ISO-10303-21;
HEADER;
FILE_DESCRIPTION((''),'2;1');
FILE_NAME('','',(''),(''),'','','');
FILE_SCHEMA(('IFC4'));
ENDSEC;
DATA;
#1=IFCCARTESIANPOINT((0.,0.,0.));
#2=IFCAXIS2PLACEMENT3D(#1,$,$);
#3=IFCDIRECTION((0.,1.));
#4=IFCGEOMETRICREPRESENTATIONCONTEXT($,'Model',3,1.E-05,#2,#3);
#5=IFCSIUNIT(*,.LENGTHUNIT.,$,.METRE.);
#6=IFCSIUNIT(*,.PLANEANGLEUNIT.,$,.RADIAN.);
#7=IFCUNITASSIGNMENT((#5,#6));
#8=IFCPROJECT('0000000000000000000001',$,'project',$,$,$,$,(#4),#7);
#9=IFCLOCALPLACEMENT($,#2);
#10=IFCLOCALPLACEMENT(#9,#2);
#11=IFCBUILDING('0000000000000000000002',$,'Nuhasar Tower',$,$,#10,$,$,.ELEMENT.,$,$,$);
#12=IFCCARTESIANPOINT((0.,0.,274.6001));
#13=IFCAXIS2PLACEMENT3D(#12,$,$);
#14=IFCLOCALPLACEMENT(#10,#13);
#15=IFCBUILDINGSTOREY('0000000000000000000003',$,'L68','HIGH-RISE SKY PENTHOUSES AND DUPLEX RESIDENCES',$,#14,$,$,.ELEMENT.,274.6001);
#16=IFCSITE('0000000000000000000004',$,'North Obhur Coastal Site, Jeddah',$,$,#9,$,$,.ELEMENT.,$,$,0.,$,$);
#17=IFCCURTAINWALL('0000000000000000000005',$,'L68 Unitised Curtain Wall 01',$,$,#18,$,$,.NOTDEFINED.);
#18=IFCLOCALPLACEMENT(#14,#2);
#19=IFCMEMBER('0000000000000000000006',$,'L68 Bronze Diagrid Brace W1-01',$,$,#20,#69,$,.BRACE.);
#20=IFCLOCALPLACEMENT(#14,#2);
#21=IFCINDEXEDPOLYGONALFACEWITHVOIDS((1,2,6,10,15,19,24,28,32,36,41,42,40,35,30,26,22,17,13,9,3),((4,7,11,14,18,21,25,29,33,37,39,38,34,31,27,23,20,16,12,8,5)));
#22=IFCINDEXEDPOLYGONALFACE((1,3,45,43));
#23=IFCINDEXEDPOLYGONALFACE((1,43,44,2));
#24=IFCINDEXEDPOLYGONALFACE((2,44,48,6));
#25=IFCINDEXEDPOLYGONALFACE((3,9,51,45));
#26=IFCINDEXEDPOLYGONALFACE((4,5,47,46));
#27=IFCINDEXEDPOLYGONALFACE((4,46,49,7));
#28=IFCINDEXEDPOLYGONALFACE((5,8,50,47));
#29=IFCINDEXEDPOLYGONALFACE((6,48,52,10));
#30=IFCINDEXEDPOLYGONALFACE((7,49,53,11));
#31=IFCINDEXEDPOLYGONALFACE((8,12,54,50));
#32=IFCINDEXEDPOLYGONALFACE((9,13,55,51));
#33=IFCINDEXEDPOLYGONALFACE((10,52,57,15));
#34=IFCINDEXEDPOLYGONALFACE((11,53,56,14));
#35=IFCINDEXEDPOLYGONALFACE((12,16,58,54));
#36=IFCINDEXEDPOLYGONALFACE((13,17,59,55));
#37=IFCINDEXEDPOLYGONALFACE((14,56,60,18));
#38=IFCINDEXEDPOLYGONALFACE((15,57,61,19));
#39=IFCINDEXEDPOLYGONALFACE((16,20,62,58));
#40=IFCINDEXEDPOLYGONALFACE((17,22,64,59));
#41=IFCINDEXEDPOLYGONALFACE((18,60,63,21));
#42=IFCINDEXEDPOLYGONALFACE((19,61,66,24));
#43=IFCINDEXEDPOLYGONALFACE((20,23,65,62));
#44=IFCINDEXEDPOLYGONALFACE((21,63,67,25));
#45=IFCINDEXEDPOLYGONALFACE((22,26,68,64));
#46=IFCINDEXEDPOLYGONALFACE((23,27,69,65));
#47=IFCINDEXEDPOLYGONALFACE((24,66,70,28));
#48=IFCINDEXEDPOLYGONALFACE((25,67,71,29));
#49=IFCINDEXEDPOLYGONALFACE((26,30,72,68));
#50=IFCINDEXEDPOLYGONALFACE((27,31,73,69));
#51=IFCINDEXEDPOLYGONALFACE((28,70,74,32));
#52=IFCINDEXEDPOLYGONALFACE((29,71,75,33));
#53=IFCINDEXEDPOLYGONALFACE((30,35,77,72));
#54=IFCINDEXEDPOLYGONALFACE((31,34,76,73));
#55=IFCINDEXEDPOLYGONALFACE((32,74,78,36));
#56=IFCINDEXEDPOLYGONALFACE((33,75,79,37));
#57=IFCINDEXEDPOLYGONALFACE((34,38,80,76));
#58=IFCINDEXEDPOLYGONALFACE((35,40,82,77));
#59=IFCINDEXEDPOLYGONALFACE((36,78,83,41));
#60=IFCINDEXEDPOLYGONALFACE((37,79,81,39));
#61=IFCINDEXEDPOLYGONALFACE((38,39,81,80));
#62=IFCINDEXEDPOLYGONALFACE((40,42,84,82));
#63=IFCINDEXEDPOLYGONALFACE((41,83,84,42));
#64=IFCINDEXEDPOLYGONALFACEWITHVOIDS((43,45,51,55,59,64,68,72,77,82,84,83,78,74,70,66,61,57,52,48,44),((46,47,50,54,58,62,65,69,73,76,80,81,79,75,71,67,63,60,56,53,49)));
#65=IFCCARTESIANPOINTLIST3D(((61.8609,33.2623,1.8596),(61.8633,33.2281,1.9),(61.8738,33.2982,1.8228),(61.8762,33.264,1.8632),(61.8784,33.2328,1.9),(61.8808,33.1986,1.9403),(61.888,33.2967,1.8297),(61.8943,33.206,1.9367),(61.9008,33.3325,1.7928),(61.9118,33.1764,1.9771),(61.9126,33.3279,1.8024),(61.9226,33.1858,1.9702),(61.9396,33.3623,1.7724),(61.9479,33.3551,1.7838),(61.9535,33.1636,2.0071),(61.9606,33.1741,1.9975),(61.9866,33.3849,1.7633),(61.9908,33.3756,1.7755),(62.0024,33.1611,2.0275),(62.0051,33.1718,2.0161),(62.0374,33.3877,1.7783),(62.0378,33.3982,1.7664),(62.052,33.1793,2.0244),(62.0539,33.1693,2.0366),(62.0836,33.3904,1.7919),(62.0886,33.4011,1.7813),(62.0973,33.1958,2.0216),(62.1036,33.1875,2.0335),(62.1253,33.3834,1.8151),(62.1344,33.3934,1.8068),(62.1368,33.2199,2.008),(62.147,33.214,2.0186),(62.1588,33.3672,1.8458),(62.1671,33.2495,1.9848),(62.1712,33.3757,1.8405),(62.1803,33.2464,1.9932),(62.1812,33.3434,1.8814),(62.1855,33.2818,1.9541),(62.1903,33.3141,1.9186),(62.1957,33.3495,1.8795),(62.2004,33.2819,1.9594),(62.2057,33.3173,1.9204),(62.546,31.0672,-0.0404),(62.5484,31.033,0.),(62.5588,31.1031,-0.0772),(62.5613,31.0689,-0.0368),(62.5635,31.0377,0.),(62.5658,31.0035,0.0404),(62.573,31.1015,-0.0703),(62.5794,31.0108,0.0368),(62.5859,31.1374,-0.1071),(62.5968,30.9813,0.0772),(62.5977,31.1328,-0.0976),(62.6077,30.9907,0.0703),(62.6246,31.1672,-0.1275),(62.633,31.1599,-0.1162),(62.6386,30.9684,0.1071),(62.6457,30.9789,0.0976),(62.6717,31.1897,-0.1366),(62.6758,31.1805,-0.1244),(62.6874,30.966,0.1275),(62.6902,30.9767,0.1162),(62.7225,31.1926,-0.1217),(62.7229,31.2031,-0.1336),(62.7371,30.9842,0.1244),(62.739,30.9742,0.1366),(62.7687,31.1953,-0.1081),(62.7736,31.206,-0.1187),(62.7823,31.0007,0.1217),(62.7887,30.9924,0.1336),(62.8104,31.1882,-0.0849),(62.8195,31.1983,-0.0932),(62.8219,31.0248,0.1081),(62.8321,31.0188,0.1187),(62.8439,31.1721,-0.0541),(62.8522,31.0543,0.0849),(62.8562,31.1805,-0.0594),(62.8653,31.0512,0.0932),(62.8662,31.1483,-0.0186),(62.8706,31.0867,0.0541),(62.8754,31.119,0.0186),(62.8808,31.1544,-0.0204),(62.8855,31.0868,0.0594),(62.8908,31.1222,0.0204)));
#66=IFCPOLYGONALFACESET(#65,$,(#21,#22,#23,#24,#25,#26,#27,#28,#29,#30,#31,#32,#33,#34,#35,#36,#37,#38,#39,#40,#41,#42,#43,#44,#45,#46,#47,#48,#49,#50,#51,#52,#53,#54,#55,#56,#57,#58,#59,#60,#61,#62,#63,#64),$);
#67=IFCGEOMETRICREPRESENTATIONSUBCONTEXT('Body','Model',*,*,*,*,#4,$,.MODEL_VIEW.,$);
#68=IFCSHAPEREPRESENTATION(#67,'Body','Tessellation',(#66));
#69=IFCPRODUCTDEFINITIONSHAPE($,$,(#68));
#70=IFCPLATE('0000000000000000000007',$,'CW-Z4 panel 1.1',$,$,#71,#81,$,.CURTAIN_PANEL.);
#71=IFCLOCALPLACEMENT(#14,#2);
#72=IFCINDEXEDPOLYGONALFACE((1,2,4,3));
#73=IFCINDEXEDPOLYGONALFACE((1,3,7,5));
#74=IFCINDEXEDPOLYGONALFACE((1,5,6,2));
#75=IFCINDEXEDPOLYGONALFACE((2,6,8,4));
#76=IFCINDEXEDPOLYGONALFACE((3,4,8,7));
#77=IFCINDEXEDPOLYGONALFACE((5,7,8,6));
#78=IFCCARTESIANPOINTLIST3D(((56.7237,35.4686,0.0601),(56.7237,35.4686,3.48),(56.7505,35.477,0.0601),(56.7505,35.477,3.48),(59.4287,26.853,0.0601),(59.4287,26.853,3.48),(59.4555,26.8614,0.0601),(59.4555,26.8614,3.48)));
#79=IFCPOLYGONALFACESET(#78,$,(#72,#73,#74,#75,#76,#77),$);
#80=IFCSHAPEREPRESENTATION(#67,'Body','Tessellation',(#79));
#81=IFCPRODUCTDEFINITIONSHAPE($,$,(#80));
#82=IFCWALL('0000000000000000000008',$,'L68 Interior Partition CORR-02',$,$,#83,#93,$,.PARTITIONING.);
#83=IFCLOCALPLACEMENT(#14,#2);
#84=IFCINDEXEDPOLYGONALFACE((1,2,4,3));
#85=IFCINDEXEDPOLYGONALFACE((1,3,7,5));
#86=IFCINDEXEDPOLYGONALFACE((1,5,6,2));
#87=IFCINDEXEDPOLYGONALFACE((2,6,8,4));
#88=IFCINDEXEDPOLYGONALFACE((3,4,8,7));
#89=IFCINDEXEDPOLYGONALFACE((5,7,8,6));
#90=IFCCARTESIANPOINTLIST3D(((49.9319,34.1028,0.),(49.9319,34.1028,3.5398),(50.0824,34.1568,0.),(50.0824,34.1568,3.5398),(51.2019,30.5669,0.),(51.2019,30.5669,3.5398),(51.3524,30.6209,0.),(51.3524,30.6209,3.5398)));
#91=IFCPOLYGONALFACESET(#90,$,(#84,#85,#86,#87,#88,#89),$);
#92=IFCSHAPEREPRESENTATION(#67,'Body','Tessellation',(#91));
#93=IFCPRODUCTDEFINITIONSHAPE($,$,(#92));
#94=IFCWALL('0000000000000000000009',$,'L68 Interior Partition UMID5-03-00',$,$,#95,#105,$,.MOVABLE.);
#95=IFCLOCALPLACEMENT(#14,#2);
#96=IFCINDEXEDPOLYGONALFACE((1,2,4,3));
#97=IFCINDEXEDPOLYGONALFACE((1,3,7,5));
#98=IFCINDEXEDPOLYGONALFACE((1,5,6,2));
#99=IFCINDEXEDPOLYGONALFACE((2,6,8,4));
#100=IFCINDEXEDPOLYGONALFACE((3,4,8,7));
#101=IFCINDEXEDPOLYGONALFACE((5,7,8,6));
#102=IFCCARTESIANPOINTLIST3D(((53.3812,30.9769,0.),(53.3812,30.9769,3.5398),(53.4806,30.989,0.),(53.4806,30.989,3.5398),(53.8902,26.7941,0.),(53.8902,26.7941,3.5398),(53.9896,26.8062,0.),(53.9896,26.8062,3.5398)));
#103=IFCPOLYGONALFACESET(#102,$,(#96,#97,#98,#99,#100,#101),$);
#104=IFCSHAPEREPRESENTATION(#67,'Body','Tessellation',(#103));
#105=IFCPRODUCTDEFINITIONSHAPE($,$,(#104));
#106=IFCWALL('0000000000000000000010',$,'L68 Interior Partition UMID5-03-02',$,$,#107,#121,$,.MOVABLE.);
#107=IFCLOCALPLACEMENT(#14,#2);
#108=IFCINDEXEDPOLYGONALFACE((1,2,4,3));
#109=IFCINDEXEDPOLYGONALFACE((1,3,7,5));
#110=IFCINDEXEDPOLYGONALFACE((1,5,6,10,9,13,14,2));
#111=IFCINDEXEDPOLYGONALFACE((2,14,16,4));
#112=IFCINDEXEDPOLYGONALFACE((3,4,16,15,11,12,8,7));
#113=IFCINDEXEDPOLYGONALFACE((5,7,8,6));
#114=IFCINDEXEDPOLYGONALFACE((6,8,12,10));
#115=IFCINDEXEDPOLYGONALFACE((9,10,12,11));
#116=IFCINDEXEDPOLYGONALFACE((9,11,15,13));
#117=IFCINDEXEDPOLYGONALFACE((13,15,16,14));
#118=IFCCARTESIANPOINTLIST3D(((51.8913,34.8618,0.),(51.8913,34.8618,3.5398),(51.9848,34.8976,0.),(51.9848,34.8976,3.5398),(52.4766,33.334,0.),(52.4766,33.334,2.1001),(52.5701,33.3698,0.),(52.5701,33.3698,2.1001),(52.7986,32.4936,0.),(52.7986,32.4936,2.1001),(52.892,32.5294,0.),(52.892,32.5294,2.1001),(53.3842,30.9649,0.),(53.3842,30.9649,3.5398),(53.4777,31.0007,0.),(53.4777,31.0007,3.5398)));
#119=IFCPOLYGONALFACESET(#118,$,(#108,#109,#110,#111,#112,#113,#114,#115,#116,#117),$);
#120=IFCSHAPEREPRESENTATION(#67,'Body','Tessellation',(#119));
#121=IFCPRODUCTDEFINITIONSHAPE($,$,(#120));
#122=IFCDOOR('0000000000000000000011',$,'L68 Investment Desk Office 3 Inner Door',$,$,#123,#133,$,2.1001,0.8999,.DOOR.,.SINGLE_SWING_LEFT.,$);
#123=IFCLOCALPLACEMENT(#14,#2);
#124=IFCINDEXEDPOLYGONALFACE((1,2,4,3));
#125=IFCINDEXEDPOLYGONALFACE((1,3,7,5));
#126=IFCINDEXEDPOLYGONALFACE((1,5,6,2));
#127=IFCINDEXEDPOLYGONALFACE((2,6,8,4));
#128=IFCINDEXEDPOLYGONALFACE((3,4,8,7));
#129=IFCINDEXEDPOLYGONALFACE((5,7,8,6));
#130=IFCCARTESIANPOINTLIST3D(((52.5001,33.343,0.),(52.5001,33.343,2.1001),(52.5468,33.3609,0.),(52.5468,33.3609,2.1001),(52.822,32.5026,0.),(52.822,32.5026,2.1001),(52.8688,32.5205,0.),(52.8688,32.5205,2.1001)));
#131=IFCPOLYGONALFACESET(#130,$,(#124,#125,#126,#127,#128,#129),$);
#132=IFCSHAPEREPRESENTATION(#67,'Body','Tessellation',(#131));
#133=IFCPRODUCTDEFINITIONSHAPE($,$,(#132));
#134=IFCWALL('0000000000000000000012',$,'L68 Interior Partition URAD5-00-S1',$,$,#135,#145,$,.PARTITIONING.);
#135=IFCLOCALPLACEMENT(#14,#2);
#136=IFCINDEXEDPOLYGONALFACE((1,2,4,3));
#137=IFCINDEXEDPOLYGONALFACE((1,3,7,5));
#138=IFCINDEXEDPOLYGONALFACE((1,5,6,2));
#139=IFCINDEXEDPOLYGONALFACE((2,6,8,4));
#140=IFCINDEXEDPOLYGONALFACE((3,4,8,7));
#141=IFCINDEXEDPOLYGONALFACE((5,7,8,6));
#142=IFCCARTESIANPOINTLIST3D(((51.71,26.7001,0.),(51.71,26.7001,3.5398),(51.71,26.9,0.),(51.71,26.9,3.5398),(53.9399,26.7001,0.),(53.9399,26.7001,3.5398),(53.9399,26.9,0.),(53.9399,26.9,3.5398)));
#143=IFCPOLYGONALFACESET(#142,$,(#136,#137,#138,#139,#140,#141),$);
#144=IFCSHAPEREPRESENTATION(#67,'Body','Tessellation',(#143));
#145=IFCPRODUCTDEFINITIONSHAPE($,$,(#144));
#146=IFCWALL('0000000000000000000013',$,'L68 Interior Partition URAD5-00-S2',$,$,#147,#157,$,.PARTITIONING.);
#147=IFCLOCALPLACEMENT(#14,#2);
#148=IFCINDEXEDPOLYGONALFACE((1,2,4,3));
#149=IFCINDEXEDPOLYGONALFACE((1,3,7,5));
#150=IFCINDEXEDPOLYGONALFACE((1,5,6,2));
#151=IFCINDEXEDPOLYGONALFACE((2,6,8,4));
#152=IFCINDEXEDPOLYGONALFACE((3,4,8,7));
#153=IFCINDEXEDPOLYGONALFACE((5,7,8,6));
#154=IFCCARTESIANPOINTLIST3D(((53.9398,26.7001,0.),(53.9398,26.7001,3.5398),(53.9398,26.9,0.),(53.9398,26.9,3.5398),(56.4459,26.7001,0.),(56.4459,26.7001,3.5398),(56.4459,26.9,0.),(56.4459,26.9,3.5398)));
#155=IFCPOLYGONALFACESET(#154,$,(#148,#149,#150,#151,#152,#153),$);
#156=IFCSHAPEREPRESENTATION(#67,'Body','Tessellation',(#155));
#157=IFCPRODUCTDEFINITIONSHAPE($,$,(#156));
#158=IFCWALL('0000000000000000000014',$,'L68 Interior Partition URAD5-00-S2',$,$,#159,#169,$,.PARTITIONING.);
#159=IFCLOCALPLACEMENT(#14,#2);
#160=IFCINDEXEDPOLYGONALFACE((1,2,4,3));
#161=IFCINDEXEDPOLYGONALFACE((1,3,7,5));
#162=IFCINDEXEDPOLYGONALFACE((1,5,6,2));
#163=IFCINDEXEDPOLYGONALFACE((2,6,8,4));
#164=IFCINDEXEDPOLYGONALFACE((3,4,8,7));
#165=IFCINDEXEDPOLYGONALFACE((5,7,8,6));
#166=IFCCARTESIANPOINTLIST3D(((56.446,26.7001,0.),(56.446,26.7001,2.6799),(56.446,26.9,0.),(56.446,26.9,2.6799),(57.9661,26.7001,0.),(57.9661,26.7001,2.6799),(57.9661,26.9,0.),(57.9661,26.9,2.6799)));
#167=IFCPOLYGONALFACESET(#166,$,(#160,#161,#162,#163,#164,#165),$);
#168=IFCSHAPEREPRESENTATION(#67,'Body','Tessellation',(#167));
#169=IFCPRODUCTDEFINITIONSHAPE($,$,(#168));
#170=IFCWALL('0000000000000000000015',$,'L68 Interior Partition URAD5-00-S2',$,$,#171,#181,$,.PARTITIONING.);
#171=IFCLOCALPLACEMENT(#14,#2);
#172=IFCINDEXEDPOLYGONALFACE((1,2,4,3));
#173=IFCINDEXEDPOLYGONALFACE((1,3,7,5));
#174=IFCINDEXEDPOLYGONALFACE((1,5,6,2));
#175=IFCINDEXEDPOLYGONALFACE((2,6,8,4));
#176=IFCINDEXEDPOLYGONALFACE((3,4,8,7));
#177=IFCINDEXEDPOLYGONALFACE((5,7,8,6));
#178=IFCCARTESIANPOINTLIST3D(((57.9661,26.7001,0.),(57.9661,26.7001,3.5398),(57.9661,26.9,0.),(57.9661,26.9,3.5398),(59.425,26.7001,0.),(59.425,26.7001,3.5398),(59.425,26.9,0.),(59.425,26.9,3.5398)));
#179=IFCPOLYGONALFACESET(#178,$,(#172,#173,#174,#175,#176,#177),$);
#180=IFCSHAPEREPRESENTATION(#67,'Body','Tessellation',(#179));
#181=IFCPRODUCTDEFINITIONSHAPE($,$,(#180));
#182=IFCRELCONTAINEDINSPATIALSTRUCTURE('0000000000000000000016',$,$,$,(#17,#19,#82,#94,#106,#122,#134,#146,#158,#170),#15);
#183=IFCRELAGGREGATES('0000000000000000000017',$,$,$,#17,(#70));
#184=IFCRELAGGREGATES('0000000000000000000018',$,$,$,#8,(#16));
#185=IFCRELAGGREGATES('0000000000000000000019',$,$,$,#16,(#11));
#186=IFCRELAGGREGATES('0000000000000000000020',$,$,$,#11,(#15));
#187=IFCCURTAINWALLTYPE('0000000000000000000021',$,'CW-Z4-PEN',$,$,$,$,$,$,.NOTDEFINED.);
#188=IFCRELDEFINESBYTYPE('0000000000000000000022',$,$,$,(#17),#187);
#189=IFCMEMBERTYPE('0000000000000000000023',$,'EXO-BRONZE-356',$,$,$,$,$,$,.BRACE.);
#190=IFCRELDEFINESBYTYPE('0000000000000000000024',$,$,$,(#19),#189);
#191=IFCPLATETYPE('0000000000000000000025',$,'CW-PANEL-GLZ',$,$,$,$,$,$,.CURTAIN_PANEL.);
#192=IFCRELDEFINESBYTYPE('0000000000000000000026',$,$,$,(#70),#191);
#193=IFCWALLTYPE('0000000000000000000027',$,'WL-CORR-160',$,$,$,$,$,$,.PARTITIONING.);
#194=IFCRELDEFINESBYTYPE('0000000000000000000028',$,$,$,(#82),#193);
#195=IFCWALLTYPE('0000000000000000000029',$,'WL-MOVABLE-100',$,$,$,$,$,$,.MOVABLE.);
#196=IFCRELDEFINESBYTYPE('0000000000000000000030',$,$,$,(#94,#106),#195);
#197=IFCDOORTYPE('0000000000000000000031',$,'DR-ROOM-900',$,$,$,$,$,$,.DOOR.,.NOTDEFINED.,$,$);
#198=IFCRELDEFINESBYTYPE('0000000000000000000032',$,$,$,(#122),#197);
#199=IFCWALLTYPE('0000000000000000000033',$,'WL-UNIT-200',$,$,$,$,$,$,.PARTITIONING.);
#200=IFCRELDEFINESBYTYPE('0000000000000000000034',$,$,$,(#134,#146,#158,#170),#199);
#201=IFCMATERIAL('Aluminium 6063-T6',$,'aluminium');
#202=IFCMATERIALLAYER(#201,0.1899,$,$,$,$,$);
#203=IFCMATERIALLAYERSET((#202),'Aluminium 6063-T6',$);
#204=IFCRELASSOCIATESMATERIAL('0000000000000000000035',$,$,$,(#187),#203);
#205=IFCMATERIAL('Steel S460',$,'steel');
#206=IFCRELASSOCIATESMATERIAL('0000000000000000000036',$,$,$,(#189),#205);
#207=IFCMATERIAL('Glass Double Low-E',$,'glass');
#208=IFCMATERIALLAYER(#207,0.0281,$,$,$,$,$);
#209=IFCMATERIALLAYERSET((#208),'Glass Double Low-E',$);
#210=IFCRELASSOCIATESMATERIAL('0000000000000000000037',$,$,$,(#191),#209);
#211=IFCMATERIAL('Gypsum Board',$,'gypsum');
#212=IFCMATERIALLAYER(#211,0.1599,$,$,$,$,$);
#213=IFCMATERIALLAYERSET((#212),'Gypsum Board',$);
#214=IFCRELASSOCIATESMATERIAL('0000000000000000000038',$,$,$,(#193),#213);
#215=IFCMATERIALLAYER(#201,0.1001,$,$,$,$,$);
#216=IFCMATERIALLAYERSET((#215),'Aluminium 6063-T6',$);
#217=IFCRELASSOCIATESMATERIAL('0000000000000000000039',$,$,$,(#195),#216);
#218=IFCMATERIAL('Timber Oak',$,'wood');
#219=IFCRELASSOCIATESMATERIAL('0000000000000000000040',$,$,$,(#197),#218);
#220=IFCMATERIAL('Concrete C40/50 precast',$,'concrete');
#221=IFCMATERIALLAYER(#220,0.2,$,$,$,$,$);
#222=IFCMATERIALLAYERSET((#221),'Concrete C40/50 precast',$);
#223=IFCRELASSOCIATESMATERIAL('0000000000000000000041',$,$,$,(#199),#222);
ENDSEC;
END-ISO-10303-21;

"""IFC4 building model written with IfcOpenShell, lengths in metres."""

from ifc_helpers import new_model, si_unit, direction, frame, frame_2d, origin, origin_2d, place, context, subcontext, project, spatial, rectangle, hollow_circle, extrude, material, layer, layer_set, material_profile, profile_set, type_object, element, fill, aggregate, save


model = new_model("IFC4")

# Units and contexts
model_context = context("Model", 3, precision=1e-05, world=origin(), true_north=direction((0.0, 1.0)))
body_context = subcontext(model_context, "Body", "Model", "MODEL_VIEW")
ifc_project = project(units=[si_unit("LENGTHUNIT", "METRE"), si_unit("PLANEANGLEUNIT", "RADIAN")], contexts=[model_context])

# Site, building, storey
site_placement = place(None, origin())
site = spatial("IfcSite", under=ifc_project, at=site_placement, Name="North Obhur Coastal Site, Jeddah", CompositionType="ELEMENT", RefElevation=0.0)
building_placement = place(site_placement, origin())
building = spatial("IfcBuilding", under=site, at=building_placement, Name="Nuhasar Tower", CompositionType="ELEMENT")
storey_placement = place(building_placement, frame((0.0, 0.0, 274.6001)))
storey = spatial("IfcBuildingStorey", under=building, at=storey_placement, Name="L68", Description="HIGH-RISE SKY PENTHOUSES AND DUPLEX RESIDENCES", CompositionType="ELEMENT", Elevation=274.6001)

# Curtain wall
ifc_material_1 = material(Name="Aluminium 6063-T6", Category="aluminium")
ifc_layer_1 = layer(ifc_material_1, 0.1899)
ifc_layer_set_1 = layer_set([ifc_layer_1], Name="Aluminium 6063-T6")
curtain_wall_type = type_object("IfcCurtainWallType", Name="CW-Z4-PEN", PredefinedType="NOTDEFINED", material=ifc_layer_set_1)
curtain_wall_1_placement = place(storey_placement, origin())
curtain_wall_1 = element("IfcCurtainWall", 1, at=curtain_wall_1_placement, inside=storey, type_object=curtain_wall_type, Name="L68 Unitised Curtain Wall 01", PredefinedType="NOTDEFINED")

# Member
ifc_material_2 = material(Name="Steel S460", Category="steel")
ifc_material_profile_1 = material_profile(ifc_material_2, hollow_circle(Radius=0.1777, WallThickness=0.0159, at=origin_2d()), Name="HSS355.6X15.9")
ifc_profile_set_1 = profile_set([ifc_material_profile_1], Name="Steel S460")
member_type_1 = type_object("IfcMemberType", Name="EXO-BRONZE-356", PredefinedType="BRACE", material=ifc_profile_set_1)
member_1_placement = place(storey_placement, frame((62.718, 31.0859, 0.0), z_axis=(-0.229668, 0.735902, 0.636947), x_axis=(-0.954591, -0.297918, 0.0)))
element("IfcMember", 2, at=member_1_placement, inside=storey, type_object=member_type_1, Name="L68 Bronze Diagrid Brace W1-01", PredefinedType="BRACE", context=body_context, shape_type="SweptSolid", body=[
    extrude(hollow_circle(Radius=0.1777, WallThickness=0.0159, at=origin_2d()), origin(), (0.0, 0.0, 1.0), 2.9829),
])

# Plate
ifc_material_3 = material(Name="Glass Double Low-E", Category="glass")
ifc_layer_2 = layer(ifc_material_3, 0.0281)
ifc_layer_set_2 = layer_set([ifc_layer_2], Name="Glass Double Low-E")
plate_type = type_object("IfcPlateType", Name="CW-PANEL-GLZ", PredefinedType="CURTAIN_PANEL", material=ifc_layer_set_2)
plate_placement = place(storey_placement, frame((58.0896, 31.165, 0.0601), z_axis=(0.0, 0.0, 1.0), x_axis=(-0.299557, 0.954079, 0.0)))
plate = element("IfcPlate", 3, at=plate_placement, type_object=plate_type, Name="CW-Z4 panel 1.1", PredefinedType="CURTAIN_PANEL", context=body_context, shape_type="SweptSolid", body=[
    extrude(rectangle(XDim=9.0303, YDim=0.0281, at=origin_2d()), origin(), (0.0, 0.0, 1.0), 3.4199),
])
aggregate(curtain_wall_1, [plate])

# Shared definitions
ifc_material_4 = material(Name="Gypsum Board", Category="gypsum")
ifc_layer_3 = layer(ifc_material_4, 0.1599)
ifc_layer_set_3 = layer_set([ifc_layer_3], Name="Gypsum Board")
wall_type_1 = type_object("IfcWallType", Name="WL-CORR-160", PredefinedType="PARTITIONING", material=ifc_layer_set_3)
ifc_material_5 = material(Name="Timber Oak", Category="wood")

# Walls
wall_1_placement = place(storey_placement, frame((51.2771, 30.594, 0.0), z_axis=(0.0, 0.0, 1.0), x_axis=(-0.338036, 0.941133, 0.0)))
element("IfcWall", 4, at=wall_1_placement, inside=storey, type_object=wall_type_1, Name="L68 Interior Partition CORR-02", PredefinedType="PARTITIONING", context=body_context, shape_type="SweptSolid", body=[
    extrude(rectangle(XDim=3.7571, YDim=0.1599, at=frame_2d((1.8784, 0.0))), origin(), (0.0, 0.0, 1.0), 3.5398),
])
ifc_layer_4 = layer(ifc_material_1, 0.1001)
ifc_layer_set_4 = layer_set([ifc_layer_4], Name="Aluminium 6063-T6")
wall_type_2 = type_object("IfcWallType", Name="WL-MOVABLE-100", PredefinedType="MOVABLE", material=ifc_layer_set_4)
wall_2_placement = place(storey_placement, frame((53.9399, 26.8, 0.0), z_axis=(0.0, 0.0, 1.0), x_axis=(-0.120804, 0.992676, 0.0)))
element("IfcWall", 5, at=wall_2_placement, inside=storey, type_object=wall_type_2, Name="L68 Interior Partition UMID5-03-00", PredefinedType="MOVABLE", context=body_context, shape_type="SweptSolid", body=[
    extrude(rectangle(XDim=4.2136, YDim=0.1001, at=frame_2d((2.1069, 0.0))), origin(), (0.0, 0.0, 1.0), 3.5398),
])

# Wall, opening, door
wall_3_placement = place(storey_placement, frame((53.4309, 30.9829, 0.0), z_axis=(0.0, 0.0, 1.0), x_axis=(-0.357744, 0.93382, 0.0)))
wall_3 = element("IfcWall", 6, at=wall_3_placement, inside=storey, type_object=wall_type_2, Name="L68 Interior Partition UMID5-03-02", PredefinedType="MOVABLE", context=body_context, shape_type="SweptSolid", body=[
    extrude(rectangle(XDim=4.1731, YDim=0.1001, at=frame_2d((2.0864, 0.0))), origin(), (0.0, 0.0, 1.0), 3.5398),
])
opening_1_placement = place(wall_3_placement, frame((1.637, 0.0, 0.0)))
opening_1 = element("IfcOpeningElement", 7, at=opening_1_placement, cuts=wall_3, PredefinedType="OPENING", context=body_context, shape_type="SweptSolid", body=[
    extrude(rectangle(XDim=0.8999, YDim=2.1001, at=frame_2d((0.45, 1.05))), frame((0.0, 0.0601, 0.0), z_axis=(0.0, -1.0, 0.0), x_axis=(1.0, 0.0, 0.0)), (0.0, 0.0, 1.0), 0.1201),
])
door_type_1 = type_object("IfcDoorType", Name="DR-ROOM-900", OperationType="NOTDEFINED", PredefinedType="DOOR", material=ifc_material_5)
door_1_placement = place(opening_1_placement, origin())
door_1 = element("IfcDoor", 8, at=door_1_placement, inside=storey, type_object=door_type_1, Name="L68 Investment Desk Office 3 Inner Door", OperationType="SINGLE_SWING_LEFT", OverallHeight=2.1001, OverallWidth=0.8999, PredefinedType="DOOR", context=body_context, shape_type="SweptSolid", body=[
    extrude(rectangle(XDim=0.8999, YDim=2.1001, at=frame_2d((0.45, 1.05))), frame((0.0, 0.0249, 0.0), z_axis=(0.0, -1.0, 0.0), x_axis=(1.0, 0.0, 0.0)), (0.0, 0.0, 1.0), 0.05),
])
fill(opening_1, door_1)

# Walls
ifc_material_6 = material(Name="Concrete C40/50 precast", Category="concrete")
ifc_layer_5 = layer(ifc_material_6, 0.2)
ifc_layer_set_5 = layer_set([ifc_layer_5], Name="Concrete C40/50 precast")
wall_type_3 = type_object("IfcWallType", Name="WL-UNIT-200", PredefinedType="PARTITIONING", material=ifc_layer_set_5)
wall_4_placement = place(storey_placement, frame((51.71, 26.8, 0.0), z_axis=(0.0, 0.0, 1.0), x_axis=(1.0, 0.0, 0.0)))
element("IfcWall", 9, at=wall_4_placement, inside=storey, type_object=wall_type_3, Name="L68 Interior Partition URAD5-00-S1", PredefinedType="PARTITIONING", context=body_context, shape_type="SweptSolid", body=[
    extrude(rectangle(XDim=2.23, YDim=0.2, at=frame_2d((1.115, 0.0))), origin(), (0.0, 0.0, 1.0), 3.5398),
])
wall_5_placement = place(storey_placement, frame((53.9399, 26.8, 0.0), z_axis=(0.0, 0.0, 1.0), x_axis=(1.0, 0.0, 0.0)))
element("IfcWall", 10, at=wall_5_placement, inside=storey, type_object=wall_type_3, Name="L68 Interior Partition URAD5-00-S2", PredefinedType="PARTITIONING", context=body_context, shape_type="SweptSolid", body=[
    extrude(rectangle(XDim=2.5061, YDim=0.2, at=frame_2d((1.2529, 0.0))), origin(), (0.0, 0.0, 1.0), 3.5398),
])
wall_6_placement = place(storey_placement, frame((56.446, 26.8, 0.0), z_axis=(0.0, 0.0, 1.0), x_axis=(1.0, 0.0, 0.0)))
element("IfcWall", 11, at=wall_6_placement, inside=storey, type_object=wall_type_3, Name="L68 Interior Partition URAD5-00-S2", PredefinedType="PARTITIONING", context=body_context, shape_type="SweptSolid", body=[
    extrude(rectangle(XDim=1.52, YDim=0.2, at=frame_2d((0.76, 0.0))), origin(), (0.0, 0.0, 1.0), 2.6799),
])
wall_7_placement = place(storey_placement, frame((57.9661, 26.8, 0.0), z_axis=(0.0, 0.0, 1.0), x_axis=(1.0, 0.0, 0.0)))
element("IfcWall", 12, at=wall_7_placement, inside=storey, type_object=wall_type_3, Name="L68 Interior Partition URAD5-00-S2", PredefinedType="PARTITIONING", context=body_context, shape_type="SweptSolid", body=[
    extrude(rectangle(XDim=1.459, YDim=0.2, at=frame_2d((0.7295, 0.0))), origin(), (0.0, 0.0, 1.0), 3.5398),
])

save(model, "model.ifc")
